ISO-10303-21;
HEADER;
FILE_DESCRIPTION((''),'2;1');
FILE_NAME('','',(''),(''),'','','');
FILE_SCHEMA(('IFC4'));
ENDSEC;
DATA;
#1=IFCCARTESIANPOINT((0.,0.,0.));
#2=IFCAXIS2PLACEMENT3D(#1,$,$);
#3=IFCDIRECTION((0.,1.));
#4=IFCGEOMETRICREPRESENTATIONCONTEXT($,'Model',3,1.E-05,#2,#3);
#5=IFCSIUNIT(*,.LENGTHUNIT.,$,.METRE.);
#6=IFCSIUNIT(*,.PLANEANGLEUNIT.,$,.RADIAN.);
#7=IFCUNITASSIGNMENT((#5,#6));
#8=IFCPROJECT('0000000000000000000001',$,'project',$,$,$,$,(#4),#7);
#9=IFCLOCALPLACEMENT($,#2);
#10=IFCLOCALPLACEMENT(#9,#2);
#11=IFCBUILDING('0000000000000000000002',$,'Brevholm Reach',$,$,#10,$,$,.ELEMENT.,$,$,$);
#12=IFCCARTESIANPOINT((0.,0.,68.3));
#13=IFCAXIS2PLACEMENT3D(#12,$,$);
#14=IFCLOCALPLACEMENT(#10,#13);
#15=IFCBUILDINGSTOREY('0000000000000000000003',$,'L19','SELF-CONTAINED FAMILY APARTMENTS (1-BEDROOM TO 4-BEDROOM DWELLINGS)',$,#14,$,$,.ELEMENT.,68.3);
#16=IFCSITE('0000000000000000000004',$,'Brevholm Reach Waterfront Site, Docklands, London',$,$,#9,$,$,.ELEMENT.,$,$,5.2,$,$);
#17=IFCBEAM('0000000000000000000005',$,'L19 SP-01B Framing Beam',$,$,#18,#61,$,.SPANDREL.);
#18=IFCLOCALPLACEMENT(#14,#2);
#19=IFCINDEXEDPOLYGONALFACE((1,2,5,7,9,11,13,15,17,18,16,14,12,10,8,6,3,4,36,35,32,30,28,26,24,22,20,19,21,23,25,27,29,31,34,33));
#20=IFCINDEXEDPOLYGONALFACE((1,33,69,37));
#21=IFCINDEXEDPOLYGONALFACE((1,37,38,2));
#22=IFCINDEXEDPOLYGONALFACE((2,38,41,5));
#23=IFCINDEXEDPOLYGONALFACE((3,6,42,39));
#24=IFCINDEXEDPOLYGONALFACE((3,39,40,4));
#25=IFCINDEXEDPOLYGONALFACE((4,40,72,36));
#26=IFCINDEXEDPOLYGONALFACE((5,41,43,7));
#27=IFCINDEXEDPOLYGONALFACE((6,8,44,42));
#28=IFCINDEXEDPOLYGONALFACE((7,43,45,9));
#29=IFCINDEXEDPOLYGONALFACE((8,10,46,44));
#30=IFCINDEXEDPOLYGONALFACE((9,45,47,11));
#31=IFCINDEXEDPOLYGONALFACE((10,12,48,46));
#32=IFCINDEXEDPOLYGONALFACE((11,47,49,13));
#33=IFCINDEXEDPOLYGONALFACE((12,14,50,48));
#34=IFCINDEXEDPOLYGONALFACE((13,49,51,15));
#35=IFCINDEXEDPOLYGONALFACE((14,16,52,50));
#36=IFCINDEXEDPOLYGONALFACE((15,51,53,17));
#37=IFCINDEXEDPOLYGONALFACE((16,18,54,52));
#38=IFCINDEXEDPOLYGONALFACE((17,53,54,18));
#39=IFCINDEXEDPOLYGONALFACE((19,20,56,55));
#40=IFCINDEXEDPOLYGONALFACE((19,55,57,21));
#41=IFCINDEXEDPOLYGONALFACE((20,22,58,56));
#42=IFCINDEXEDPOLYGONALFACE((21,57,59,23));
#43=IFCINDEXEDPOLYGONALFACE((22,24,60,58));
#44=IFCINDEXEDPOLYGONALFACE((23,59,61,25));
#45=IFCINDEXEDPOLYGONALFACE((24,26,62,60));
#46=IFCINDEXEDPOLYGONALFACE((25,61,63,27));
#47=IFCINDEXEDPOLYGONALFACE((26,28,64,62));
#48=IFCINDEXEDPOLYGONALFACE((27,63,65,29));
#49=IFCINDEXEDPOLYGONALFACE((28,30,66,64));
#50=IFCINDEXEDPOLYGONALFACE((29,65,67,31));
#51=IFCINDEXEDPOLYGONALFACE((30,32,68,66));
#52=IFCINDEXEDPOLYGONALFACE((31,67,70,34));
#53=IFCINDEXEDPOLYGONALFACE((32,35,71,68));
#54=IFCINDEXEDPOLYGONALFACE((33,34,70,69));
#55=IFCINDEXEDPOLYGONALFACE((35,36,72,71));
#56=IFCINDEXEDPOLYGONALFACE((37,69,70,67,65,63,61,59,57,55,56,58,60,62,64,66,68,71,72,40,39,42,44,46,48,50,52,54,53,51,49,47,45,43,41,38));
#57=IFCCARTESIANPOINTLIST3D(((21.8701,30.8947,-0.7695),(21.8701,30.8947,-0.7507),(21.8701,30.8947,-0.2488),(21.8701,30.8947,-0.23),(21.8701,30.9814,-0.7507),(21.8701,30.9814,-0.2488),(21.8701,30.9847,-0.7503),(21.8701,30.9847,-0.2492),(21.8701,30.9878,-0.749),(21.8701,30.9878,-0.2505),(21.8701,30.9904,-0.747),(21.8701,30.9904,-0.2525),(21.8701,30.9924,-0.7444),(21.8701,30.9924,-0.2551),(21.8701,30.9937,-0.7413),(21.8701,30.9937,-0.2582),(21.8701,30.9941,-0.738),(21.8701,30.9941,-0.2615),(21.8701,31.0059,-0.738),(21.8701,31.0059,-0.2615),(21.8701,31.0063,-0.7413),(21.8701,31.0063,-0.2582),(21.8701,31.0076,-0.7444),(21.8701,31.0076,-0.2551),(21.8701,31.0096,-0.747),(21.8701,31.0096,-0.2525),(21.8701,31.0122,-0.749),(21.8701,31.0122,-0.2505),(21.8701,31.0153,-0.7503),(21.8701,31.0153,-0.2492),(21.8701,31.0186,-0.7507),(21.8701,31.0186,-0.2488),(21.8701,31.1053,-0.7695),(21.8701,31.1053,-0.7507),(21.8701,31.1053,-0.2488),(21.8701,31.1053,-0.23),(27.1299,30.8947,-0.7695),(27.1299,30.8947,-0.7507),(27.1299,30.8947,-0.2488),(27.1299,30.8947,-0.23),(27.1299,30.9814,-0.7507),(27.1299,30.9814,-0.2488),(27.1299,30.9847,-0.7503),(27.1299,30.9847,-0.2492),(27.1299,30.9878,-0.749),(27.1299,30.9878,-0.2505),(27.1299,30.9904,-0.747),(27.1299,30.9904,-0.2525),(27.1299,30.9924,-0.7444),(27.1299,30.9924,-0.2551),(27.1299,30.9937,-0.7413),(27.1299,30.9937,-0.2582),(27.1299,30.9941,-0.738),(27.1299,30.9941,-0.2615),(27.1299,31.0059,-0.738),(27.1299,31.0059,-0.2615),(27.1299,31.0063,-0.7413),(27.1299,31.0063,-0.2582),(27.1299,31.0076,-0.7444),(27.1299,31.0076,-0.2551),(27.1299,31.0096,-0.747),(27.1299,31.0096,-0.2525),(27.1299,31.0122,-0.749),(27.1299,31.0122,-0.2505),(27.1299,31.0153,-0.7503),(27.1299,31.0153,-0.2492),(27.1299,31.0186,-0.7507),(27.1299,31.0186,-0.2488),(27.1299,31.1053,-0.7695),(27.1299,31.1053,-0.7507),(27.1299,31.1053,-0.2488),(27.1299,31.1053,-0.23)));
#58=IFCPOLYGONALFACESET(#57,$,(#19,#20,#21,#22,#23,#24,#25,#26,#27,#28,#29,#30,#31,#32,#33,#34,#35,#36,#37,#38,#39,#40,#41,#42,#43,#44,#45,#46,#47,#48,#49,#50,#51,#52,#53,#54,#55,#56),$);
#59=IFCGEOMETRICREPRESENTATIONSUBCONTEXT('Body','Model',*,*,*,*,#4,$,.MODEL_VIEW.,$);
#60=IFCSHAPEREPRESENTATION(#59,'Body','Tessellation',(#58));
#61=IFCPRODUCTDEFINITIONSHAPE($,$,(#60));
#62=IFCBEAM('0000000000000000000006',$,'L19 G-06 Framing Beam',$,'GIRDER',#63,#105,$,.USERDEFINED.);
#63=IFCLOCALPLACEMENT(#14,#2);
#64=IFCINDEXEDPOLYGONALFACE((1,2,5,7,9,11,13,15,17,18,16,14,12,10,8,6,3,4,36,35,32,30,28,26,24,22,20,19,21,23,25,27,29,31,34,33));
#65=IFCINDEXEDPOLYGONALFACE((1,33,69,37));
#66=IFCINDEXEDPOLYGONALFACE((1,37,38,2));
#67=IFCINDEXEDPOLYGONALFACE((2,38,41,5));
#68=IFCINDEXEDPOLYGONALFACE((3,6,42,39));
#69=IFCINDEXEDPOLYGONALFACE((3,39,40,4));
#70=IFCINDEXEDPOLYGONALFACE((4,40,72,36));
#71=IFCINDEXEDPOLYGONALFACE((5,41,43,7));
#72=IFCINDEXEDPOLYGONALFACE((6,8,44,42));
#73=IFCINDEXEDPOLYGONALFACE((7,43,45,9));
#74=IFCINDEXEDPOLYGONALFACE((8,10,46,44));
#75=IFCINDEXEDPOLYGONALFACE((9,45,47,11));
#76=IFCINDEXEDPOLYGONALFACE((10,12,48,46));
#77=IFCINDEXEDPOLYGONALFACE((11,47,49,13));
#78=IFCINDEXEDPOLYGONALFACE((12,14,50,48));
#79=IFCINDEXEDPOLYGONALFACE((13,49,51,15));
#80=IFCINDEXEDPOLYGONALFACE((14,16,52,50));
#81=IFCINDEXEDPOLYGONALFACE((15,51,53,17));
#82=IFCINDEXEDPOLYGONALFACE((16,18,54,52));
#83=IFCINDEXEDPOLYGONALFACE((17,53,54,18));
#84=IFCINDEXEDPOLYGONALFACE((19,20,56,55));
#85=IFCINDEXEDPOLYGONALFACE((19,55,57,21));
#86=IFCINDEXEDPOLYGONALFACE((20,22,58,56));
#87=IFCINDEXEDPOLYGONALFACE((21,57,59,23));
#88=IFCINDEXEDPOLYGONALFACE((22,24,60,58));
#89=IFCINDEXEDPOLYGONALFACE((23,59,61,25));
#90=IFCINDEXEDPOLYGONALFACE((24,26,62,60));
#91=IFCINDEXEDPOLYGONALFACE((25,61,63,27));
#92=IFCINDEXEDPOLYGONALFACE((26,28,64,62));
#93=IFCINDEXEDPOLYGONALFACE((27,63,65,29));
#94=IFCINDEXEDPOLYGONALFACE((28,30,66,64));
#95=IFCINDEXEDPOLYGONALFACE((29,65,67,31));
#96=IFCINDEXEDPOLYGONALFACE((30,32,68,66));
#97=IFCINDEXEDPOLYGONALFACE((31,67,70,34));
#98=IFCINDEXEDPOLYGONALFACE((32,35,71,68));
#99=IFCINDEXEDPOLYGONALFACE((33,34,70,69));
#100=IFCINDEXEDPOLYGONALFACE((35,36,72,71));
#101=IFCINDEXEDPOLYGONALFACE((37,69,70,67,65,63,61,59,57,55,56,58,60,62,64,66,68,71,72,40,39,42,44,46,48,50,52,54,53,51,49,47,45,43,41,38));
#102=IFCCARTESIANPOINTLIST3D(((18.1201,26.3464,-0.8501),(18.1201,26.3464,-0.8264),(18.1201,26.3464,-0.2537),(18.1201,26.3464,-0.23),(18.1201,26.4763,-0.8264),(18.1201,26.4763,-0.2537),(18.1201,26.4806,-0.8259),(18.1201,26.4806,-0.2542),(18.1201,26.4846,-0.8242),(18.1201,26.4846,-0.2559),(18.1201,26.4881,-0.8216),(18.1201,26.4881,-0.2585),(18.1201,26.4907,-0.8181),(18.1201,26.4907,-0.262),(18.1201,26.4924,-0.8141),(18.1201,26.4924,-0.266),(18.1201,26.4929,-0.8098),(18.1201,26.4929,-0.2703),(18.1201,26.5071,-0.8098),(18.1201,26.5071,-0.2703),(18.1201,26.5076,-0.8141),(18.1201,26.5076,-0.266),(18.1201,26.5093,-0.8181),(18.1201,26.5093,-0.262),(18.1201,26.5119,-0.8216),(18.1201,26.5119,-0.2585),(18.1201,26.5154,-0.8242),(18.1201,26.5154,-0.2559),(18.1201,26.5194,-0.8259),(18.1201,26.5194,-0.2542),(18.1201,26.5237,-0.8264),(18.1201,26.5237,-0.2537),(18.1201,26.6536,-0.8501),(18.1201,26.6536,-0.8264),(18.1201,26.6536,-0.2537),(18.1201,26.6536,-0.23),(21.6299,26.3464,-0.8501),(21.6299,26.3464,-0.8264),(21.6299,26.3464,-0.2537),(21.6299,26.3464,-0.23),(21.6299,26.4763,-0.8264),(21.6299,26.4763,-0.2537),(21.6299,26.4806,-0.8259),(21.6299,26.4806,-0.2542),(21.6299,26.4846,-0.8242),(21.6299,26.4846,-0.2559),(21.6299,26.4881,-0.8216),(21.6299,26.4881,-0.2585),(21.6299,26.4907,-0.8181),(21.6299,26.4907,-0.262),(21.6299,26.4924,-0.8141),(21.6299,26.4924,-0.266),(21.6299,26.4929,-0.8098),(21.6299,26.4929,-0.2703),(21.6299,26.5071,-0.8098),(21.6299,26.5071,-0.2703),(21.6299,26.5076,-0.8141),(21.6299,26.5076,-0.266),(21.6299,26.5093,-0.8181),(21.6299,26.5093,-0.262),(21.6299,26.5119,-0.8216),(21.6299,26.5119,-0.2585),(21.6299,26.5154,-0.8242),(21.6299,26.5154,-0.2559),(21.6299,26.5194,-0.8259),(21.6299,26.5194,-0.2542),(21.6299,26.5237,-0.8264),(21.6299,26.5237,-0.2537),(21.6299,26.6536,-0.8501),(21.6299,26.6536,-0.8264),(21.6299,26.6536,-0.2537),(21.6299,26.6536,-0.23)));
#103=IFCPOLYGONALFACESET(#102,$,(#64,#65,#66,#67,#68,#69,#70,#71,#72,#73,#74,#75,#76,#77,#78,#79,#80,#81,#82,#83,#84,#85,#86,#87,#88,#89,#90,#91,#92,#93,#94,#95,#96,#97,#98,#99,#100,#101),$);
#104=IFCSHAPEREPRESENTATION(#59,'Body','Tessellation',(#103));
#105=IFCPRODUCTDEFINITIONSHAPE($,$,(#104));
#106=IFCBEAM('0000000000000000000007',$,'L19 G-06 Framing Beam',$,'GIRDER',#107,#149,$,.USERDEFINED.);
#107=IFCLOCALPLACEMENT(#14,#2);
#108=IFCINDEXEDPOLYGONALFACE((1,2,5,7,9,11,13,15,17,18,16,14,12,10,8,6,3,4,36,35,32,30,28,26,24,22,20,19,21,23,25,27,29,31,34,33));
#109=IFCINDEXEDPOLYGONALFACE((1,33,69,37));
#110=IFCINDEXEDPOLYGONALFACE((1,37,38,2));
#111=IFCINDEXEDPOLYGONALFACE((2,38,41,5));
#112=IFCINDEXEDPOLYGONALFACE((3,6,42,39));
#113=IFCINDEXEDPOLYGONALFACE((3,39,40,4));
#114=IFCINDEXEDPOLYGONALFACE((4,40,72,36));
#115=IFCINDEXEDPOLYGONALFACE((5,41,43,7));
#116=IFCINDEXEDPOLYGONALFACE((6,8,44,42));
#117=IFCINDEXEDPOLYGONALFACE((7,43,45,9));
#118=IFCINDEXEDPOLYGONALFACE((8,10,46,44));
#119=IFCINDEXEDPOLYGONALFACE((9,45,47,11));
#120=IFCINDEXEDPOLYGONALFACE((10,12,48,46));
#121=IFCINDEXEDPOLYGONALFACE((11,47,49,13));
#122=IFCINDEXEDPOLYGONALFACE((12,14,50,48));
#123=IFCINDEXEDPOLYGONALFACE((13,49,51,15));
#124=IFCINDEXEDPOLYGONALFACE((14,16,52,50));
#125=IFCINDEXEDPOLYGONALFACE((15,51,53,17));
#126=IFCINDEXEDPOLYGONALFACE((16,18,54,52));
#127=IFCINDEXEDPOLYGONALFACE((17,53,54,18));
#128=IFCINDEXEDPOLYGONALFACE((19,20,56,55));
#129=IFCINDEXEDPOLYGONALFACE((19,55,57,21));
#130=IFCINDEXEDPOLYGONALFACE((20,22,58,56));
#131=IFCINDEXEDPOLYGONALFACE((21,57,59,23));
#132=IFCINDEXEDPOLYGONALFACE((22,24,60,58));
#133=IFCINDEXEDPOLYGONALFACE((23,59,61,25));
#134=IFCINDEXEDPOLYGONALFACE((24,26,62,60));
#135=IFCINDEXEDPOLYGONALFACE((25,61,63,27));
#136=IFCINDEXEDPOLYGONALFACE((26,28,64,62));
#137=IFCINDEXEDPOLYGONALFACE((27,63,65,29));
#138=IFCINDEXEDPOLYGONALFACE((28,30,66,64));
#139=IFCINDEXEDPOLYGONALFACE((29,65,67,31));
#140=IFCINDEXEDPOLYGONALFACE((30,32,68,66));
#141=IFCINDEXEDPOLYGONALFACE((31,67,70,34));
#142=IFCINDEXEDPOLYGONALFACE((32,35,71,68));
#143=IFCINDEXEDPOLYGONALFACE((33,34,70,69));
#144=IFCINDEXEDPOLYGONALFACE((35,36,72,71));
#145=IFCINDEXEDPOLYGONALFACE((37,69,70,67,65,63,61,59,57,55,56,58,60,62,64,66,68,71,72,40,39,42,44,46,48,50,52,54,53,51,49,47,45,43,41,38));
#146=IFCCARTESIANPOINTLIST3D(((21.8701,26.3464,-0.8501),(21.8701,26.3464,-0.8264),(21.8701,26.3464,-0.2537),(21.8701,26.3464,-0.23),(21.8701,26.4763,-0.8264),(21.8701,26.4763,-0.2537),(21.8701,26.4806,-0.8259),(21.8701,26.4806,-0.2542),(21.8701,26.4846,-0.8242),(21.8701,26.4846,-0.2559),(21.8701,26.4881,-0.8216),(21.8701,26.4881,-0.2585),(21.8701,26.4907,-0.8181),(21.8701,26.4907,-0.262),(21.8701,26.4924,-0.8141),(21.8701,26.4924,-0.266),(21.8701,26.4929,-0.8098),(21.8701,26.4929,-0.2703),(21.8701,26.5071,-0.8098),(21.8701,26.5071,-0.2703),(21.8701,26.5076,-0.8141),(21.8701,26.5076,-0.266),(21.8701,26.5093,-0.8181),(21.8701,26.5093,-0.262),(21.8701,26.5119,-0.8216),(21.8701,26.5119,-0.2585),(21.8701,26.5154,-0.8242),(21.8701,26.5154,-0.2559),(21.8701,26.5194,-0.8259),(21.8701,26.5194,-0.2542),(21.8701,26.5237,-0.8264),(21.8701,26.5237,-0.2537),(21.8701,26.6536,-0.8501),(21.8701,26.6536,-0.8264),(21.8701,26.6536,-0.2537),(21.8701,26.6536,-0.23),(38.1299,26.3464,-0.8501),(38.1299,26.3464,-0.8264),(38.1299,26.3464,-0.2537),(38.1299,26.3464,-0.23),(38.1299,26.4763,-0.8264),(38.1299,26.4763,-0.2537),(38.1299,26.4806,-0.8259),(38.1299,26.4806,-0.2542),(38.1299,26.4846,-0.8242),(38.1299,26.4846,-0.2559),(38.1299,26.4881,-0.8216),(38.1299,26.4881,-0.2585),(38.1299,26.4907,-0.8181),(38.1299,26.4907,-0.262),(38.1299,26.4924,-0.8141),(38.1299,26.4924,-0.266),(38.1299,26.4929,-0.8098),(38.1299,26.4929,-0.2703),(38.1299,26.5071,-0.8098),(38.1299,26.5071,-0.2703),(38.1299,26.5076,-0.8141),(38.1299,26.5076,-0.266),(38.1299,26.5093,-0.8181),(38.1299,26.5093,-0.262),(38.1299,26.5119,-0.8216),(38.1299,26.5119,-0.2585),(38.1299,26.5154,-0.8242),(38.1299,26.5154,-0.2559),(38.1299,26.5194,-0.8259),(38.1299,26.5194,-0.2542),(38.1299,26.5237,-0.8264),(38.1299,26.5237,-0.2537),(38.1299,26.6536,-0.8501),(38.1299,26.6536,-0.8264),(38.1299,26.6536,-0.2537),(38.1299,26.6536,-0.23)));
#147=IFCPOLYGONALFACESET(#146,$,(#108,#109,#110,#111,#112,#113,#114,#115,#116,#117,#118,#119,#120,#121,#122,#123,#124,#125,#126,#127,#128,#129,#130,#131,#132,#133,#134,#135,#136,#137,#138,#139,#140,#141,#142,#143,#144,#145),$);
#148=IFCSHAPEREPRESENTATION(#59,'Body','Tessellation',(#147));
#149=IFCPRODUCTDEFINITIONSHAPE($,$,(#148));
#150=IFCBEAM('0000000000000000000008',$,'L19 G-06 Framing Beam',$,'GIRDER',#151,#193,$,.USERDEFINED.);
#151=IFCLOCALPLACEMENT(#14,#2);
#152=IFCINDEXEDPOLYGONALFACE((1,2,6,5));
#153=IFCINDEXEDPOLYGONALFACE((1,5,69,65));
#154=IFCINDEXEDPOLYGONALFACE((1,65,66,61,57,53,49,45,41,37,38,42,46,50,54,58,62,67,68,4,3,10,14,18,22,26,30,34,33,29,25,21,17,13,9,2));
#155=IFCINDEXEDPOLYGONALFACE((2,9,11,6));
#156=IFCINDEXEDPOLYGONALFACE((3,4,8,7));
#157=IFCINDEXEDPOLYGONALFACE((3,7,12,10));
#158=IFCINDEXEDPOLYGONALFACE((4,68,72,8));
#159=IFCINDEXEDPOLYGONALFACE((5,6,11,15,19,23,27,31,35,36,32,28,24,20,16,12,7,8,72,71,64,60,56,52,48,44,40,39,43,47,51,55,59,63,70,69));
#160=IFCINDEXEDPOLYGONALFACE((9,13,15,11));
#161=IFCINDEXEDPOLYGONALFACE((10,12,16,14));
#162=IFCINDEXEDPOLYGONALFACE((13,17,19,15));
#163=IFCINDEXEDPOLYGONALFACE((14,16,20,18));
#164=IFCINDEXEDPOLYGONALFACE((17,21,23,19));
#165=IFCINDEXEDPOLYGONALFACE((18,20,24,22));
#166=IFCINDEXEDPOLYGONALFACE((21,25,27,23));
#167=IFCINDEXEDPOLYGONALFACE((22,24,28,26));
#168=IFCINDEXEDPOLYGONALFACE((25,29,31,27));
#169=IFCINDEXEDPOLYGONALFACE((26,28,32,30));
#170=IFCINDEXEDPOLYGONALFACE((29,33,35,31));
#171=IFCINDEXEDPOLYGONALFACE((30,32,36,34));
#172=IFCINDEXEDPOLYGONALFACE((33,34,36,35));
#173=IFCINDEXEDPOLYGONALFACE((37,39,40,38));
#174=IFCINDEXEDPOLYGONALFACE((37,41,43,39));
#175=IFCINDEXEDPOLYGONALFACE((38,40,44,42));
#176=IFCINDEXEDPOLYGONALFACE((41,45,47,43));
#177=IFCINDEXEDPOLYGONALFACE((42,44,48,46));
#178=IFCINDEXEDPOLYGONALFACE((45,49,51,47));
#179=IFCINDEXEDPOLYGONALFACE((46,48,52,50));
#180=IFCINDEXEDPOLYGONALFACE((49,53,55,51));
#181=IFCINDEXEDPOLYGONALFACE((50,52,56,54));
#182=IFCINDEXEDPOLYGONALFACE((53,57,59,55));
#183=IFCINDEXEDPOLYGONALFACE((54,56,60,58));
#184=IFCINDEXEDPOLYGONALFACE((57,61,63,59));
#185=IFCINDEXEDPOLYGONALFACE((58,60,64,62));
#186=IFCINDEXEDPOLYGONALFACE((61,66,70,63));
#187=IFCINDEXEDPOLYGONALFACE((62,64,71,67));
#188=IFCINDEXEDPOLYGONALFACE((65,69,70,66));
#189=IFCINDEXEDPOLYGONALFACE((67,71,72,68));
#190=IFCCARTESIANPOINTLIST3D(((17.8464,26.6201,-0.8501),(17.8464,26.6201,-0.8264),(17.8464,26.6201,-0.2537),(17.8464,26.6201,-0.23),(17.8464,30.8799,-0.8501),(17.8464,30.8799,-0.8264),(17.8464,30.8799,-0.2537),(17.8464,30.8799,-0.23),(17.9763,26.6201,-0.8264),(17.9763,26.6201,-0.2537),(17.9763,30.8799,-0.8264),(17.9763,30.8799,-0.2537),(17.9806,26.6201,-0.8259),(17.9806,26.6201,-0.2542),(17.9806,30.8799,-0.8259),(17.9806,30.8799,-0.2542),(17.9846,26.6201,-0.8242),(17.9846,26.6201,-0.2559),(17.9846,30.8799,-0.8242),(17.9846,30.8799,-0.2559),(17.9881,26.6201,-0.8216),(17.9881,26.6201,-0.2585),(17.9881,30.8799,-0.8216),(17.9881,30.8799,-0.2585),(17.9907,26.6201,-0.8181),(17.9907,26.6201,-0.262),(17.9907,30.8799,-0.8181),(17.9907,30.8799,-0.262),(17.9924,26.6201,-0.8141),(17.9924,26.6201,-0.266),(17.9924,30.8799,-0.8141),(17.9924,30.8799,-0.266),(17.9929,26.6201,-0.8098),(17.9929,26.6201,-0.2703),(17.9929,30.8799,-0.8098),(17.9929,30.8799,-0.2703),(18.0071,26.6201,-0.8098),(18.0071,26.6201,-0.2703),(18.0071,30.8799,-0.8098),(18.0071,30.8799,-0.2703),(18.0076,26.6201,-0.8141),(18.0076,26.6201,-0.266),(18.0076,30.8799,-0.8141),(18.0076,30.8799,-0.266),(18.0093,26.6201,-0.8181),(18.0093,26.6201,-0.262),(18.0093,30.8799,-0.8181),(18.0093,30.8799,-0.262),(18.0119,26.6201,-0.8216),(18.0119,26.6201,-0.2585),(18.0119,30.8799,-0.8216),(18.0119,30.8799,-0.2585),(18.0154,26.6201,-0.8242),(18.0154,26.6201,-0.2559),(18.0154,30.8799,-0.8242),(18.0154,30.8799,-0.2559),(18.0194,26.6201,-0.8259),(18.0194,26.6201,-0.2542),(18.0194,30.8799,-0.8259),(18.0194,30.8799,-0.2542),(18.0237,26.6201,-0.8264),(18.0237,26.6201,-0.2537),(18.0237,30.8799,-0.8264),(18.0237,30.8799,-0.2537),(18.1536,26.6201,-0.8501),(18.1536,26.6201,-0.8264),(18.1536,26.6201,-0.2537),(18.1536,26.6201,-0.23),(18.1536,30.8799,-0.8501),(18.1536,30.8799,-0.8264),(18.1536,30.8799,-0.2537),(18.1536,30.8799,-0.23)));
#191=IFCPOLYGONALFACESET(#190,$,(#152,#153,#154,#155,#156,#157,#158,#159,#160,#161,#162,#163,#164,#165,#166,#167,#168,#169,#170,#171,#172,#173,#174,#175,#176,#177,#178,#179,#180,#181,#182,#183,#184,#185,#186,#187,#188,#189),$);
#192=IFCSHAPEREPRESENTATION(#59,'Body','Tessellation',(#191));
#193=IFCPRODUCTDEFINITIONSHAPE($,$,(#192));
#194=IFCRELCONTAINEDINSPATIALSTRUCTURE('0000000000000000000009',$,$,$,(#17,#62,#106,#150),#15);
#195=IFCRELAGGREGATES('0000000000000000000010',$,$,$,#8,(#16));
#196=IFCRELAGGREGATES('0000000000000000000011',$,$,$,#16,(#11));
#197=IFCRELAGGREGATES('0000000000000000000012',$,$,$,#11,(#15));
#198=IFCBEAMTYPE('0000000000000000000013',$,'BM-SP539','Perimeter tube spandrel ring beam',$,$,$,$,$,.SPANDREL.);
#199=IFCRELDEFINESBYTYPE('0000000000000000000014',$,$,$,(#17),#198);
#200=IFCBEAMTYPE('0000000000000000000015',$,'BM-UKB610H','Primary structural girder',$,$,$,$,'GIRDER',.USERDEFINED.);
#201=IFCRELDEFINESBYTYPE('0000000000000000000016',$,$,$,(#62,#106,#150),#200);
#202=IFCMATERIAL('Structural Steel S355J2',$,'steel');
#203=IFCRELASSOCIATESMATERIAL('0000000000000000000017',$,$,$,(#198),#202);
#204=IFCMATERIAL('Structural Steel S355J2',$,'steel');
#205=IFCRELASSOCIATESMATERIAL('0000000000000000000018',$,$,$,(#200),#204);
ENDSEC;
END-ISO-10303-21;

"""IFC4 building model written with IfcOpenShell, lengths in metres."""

from ifc_helpers import new_model, si_unit, direction, frame, origin, origin_2d, place, context, subcontext, project, spatial, i_section, extrude, material, material_profile, profile_set, type_object, element, save


model = new_model("IFC4")

# Units and contexts
model_context = context("Model", 3, precision=1e-05, world=origin(), true_north=direction((0.0, 1.0)))
body_context = subcontext(model_context, "Body", "Model", "MODEL_VIEW")
ifc_project = project(units=[si_unit("LENGTHUNIT", "METRE"), si_unit("PLANEANGLEUNIT", "RADIAN")], contexts=[model_context])

# Site, building, storey
site_placement = place(None, origin())
site = spatial("IfcSite", under=ifc_project, at=site_placement, Name="Brevholm Reach Waterfront Site, Docklands, London", CompositionType="ELEMENT", RefElevation=5.2)
building_placement = place(site_placement, origin())
building = spatial("IfcBuilding", under=site, at=building_placement, Name="Brevholm Reach", CompositionType="ELEMENT")
storey_placement = place(building_placement, frame((0.0, 0.0, 68.3)))
storey = spatial("IfcBuildingStorey", under=building, at=storey_placement, Name="L19", Description="SELF-CONTAINED FAMILY APARTMENTS (1-BEDROOM TO 4-BEDROOM DWELLINGS)", CompositionType="ELEMENT", Elevation=68.3)

# Beams
ifc_material_1 = material(Name="Structural Steel S355J2", Category="steel")
ifc_material_profile_1 = material_profile(ifc_material_1, i_section(OverallWidth=0.2107, OverallDepth=0.5396, WebThickness=0.0117, FlangeThickness=0.0188, FilletRadius=0.0127, at=origin_2d()), Name="UKB 533x210x109")
ifc_profile_set_1 = profile_set([ifc_material_profile_1], Name="Structural Steel S355J2")
beam_type_1 = type_object("IfcBeamType", Name="BM-SP539", Description="Perimeter tube spandrel ring beam", PredefinedType="SPANDREL", material=ifc_profile_set_1)
beam_1_placement = place(storey_placement, frame((21.8701, 31.0, -0.4998), z_axis=(1.0, 0.0, 0.0), x_axis=(0.0, 1.0, 0.0)))
element("IfcBeam", 1, at=beam_1_placement, inside=storey, type_object=beam_type_1, Name="L19 SP-01B Framing Beam", PredefinedType="SPANDREL", context=body_context, shape_type="SweptSolid", body=[
    extrude(i_section(OverallWidth=0.2107, OverallDepth=0.5396, WebThickness=0.0117, FlangeThickness=0.0188, FilletRadius=0.0127, at=origin_2d()), origin(), (0.0, 0.0, 1.0), 5.2598),
])
ifc_material_2 = material(Name="Structural Steel S355J2", Category="steel")
ifc_material_profile_2 = material_profile(ifc_material_2, i_section(OverallWidth=0.3071, OverallDepth=0.6201, WebThickness=0.0142, FlangeThickness=0.0237, FilletRadius=0.0166, at=origin_2d()), Name="UKB 610x305x179")
ifc_profile_set_2 = profile_set([ifc_material_profile_2], Name="Structural Steel S355J2")
beam_type_2 = type_object("IfcBeamType", Name="BM-UKB610H", Description="Primary structural girder", ElementType="GIRDER", PredefinedType="USERDEFINED", material=ifc_profile_set_2)
beam_2_placement = place(storey_placement, frame((18.1201, 26.5, -0.54), z_axis=(1.0, 0.0, 0.0), x_axis=(0.0, 1.0, 0.0)))
element("IfcBeam", 2, at=beam_2_placement, inside=storey, type_object=beam_type_2, Name="L19 G-06 Framing Beam", ObjectType="GIRDER", PredefinedType="USERDEFINED", context=body_context, shape_type="SweptSolid", body=[
    extrude(i_section(OverallWidth=0.3071, OverallDepth=0.6201, WebThickness=0.0142, FlangeThickness=0.0237, FilletRadius=0.0166, at=origin_2d()), origin(), (0.0, 0.0, 1.0), 3.5098),
])
beam_3_placement = place(storey_placement, frame((21.8701, 26.5, -0.54), z_axis=(1.0, 0.0, 0.0), x_axis=(0.0, 1.0, 0.0)))
element("IfcBeam", 3, at=beam_3_placement, inside=storey, type_object=beam_type_2, Name="L19 G-06 Framing Beam", ObjectType="GIRDER", PredefinedType="USERDEFINED", context=body_context, shape_type="SweptSolid", body=[
    extrude(i_section(OverallWidth=0.3071, OverallDepth=0.6201, WebThickness=0.0142, FlangeThickness=0.0237, FilletRadius=0.0166, at=origin_2d()), origin(), (0.0, 0.0, 1.0), 16.2598),
])
beam_4_placement = place(storey_placement, frame((18.0, 26.6201, -0.54), z_axis=(0.0, 1.0, 0.0), x_axis=(-1.0, 0.0, 0.0)))
element("IfcBeam", 4, at=beam_4_placement, inside=storey, type_object=beam_type_2, Name="L19 G-06 Framing Beam", ObjectType="GIRDER", PredefinedType="USERDEFINED", context=body_context, shape_type="SweptSolid", body=[
    extrude(i_section(OverallWidth=0.3071, OverallDepth=0.6201, WebThickness=0.0142, FlangeThickness=0.0237, FilletRadius=0.0166, at=origin_2d()), origin(), (0.0, 0.0, 1.0), 4.2598),
])

save(model, "model.ifc")
